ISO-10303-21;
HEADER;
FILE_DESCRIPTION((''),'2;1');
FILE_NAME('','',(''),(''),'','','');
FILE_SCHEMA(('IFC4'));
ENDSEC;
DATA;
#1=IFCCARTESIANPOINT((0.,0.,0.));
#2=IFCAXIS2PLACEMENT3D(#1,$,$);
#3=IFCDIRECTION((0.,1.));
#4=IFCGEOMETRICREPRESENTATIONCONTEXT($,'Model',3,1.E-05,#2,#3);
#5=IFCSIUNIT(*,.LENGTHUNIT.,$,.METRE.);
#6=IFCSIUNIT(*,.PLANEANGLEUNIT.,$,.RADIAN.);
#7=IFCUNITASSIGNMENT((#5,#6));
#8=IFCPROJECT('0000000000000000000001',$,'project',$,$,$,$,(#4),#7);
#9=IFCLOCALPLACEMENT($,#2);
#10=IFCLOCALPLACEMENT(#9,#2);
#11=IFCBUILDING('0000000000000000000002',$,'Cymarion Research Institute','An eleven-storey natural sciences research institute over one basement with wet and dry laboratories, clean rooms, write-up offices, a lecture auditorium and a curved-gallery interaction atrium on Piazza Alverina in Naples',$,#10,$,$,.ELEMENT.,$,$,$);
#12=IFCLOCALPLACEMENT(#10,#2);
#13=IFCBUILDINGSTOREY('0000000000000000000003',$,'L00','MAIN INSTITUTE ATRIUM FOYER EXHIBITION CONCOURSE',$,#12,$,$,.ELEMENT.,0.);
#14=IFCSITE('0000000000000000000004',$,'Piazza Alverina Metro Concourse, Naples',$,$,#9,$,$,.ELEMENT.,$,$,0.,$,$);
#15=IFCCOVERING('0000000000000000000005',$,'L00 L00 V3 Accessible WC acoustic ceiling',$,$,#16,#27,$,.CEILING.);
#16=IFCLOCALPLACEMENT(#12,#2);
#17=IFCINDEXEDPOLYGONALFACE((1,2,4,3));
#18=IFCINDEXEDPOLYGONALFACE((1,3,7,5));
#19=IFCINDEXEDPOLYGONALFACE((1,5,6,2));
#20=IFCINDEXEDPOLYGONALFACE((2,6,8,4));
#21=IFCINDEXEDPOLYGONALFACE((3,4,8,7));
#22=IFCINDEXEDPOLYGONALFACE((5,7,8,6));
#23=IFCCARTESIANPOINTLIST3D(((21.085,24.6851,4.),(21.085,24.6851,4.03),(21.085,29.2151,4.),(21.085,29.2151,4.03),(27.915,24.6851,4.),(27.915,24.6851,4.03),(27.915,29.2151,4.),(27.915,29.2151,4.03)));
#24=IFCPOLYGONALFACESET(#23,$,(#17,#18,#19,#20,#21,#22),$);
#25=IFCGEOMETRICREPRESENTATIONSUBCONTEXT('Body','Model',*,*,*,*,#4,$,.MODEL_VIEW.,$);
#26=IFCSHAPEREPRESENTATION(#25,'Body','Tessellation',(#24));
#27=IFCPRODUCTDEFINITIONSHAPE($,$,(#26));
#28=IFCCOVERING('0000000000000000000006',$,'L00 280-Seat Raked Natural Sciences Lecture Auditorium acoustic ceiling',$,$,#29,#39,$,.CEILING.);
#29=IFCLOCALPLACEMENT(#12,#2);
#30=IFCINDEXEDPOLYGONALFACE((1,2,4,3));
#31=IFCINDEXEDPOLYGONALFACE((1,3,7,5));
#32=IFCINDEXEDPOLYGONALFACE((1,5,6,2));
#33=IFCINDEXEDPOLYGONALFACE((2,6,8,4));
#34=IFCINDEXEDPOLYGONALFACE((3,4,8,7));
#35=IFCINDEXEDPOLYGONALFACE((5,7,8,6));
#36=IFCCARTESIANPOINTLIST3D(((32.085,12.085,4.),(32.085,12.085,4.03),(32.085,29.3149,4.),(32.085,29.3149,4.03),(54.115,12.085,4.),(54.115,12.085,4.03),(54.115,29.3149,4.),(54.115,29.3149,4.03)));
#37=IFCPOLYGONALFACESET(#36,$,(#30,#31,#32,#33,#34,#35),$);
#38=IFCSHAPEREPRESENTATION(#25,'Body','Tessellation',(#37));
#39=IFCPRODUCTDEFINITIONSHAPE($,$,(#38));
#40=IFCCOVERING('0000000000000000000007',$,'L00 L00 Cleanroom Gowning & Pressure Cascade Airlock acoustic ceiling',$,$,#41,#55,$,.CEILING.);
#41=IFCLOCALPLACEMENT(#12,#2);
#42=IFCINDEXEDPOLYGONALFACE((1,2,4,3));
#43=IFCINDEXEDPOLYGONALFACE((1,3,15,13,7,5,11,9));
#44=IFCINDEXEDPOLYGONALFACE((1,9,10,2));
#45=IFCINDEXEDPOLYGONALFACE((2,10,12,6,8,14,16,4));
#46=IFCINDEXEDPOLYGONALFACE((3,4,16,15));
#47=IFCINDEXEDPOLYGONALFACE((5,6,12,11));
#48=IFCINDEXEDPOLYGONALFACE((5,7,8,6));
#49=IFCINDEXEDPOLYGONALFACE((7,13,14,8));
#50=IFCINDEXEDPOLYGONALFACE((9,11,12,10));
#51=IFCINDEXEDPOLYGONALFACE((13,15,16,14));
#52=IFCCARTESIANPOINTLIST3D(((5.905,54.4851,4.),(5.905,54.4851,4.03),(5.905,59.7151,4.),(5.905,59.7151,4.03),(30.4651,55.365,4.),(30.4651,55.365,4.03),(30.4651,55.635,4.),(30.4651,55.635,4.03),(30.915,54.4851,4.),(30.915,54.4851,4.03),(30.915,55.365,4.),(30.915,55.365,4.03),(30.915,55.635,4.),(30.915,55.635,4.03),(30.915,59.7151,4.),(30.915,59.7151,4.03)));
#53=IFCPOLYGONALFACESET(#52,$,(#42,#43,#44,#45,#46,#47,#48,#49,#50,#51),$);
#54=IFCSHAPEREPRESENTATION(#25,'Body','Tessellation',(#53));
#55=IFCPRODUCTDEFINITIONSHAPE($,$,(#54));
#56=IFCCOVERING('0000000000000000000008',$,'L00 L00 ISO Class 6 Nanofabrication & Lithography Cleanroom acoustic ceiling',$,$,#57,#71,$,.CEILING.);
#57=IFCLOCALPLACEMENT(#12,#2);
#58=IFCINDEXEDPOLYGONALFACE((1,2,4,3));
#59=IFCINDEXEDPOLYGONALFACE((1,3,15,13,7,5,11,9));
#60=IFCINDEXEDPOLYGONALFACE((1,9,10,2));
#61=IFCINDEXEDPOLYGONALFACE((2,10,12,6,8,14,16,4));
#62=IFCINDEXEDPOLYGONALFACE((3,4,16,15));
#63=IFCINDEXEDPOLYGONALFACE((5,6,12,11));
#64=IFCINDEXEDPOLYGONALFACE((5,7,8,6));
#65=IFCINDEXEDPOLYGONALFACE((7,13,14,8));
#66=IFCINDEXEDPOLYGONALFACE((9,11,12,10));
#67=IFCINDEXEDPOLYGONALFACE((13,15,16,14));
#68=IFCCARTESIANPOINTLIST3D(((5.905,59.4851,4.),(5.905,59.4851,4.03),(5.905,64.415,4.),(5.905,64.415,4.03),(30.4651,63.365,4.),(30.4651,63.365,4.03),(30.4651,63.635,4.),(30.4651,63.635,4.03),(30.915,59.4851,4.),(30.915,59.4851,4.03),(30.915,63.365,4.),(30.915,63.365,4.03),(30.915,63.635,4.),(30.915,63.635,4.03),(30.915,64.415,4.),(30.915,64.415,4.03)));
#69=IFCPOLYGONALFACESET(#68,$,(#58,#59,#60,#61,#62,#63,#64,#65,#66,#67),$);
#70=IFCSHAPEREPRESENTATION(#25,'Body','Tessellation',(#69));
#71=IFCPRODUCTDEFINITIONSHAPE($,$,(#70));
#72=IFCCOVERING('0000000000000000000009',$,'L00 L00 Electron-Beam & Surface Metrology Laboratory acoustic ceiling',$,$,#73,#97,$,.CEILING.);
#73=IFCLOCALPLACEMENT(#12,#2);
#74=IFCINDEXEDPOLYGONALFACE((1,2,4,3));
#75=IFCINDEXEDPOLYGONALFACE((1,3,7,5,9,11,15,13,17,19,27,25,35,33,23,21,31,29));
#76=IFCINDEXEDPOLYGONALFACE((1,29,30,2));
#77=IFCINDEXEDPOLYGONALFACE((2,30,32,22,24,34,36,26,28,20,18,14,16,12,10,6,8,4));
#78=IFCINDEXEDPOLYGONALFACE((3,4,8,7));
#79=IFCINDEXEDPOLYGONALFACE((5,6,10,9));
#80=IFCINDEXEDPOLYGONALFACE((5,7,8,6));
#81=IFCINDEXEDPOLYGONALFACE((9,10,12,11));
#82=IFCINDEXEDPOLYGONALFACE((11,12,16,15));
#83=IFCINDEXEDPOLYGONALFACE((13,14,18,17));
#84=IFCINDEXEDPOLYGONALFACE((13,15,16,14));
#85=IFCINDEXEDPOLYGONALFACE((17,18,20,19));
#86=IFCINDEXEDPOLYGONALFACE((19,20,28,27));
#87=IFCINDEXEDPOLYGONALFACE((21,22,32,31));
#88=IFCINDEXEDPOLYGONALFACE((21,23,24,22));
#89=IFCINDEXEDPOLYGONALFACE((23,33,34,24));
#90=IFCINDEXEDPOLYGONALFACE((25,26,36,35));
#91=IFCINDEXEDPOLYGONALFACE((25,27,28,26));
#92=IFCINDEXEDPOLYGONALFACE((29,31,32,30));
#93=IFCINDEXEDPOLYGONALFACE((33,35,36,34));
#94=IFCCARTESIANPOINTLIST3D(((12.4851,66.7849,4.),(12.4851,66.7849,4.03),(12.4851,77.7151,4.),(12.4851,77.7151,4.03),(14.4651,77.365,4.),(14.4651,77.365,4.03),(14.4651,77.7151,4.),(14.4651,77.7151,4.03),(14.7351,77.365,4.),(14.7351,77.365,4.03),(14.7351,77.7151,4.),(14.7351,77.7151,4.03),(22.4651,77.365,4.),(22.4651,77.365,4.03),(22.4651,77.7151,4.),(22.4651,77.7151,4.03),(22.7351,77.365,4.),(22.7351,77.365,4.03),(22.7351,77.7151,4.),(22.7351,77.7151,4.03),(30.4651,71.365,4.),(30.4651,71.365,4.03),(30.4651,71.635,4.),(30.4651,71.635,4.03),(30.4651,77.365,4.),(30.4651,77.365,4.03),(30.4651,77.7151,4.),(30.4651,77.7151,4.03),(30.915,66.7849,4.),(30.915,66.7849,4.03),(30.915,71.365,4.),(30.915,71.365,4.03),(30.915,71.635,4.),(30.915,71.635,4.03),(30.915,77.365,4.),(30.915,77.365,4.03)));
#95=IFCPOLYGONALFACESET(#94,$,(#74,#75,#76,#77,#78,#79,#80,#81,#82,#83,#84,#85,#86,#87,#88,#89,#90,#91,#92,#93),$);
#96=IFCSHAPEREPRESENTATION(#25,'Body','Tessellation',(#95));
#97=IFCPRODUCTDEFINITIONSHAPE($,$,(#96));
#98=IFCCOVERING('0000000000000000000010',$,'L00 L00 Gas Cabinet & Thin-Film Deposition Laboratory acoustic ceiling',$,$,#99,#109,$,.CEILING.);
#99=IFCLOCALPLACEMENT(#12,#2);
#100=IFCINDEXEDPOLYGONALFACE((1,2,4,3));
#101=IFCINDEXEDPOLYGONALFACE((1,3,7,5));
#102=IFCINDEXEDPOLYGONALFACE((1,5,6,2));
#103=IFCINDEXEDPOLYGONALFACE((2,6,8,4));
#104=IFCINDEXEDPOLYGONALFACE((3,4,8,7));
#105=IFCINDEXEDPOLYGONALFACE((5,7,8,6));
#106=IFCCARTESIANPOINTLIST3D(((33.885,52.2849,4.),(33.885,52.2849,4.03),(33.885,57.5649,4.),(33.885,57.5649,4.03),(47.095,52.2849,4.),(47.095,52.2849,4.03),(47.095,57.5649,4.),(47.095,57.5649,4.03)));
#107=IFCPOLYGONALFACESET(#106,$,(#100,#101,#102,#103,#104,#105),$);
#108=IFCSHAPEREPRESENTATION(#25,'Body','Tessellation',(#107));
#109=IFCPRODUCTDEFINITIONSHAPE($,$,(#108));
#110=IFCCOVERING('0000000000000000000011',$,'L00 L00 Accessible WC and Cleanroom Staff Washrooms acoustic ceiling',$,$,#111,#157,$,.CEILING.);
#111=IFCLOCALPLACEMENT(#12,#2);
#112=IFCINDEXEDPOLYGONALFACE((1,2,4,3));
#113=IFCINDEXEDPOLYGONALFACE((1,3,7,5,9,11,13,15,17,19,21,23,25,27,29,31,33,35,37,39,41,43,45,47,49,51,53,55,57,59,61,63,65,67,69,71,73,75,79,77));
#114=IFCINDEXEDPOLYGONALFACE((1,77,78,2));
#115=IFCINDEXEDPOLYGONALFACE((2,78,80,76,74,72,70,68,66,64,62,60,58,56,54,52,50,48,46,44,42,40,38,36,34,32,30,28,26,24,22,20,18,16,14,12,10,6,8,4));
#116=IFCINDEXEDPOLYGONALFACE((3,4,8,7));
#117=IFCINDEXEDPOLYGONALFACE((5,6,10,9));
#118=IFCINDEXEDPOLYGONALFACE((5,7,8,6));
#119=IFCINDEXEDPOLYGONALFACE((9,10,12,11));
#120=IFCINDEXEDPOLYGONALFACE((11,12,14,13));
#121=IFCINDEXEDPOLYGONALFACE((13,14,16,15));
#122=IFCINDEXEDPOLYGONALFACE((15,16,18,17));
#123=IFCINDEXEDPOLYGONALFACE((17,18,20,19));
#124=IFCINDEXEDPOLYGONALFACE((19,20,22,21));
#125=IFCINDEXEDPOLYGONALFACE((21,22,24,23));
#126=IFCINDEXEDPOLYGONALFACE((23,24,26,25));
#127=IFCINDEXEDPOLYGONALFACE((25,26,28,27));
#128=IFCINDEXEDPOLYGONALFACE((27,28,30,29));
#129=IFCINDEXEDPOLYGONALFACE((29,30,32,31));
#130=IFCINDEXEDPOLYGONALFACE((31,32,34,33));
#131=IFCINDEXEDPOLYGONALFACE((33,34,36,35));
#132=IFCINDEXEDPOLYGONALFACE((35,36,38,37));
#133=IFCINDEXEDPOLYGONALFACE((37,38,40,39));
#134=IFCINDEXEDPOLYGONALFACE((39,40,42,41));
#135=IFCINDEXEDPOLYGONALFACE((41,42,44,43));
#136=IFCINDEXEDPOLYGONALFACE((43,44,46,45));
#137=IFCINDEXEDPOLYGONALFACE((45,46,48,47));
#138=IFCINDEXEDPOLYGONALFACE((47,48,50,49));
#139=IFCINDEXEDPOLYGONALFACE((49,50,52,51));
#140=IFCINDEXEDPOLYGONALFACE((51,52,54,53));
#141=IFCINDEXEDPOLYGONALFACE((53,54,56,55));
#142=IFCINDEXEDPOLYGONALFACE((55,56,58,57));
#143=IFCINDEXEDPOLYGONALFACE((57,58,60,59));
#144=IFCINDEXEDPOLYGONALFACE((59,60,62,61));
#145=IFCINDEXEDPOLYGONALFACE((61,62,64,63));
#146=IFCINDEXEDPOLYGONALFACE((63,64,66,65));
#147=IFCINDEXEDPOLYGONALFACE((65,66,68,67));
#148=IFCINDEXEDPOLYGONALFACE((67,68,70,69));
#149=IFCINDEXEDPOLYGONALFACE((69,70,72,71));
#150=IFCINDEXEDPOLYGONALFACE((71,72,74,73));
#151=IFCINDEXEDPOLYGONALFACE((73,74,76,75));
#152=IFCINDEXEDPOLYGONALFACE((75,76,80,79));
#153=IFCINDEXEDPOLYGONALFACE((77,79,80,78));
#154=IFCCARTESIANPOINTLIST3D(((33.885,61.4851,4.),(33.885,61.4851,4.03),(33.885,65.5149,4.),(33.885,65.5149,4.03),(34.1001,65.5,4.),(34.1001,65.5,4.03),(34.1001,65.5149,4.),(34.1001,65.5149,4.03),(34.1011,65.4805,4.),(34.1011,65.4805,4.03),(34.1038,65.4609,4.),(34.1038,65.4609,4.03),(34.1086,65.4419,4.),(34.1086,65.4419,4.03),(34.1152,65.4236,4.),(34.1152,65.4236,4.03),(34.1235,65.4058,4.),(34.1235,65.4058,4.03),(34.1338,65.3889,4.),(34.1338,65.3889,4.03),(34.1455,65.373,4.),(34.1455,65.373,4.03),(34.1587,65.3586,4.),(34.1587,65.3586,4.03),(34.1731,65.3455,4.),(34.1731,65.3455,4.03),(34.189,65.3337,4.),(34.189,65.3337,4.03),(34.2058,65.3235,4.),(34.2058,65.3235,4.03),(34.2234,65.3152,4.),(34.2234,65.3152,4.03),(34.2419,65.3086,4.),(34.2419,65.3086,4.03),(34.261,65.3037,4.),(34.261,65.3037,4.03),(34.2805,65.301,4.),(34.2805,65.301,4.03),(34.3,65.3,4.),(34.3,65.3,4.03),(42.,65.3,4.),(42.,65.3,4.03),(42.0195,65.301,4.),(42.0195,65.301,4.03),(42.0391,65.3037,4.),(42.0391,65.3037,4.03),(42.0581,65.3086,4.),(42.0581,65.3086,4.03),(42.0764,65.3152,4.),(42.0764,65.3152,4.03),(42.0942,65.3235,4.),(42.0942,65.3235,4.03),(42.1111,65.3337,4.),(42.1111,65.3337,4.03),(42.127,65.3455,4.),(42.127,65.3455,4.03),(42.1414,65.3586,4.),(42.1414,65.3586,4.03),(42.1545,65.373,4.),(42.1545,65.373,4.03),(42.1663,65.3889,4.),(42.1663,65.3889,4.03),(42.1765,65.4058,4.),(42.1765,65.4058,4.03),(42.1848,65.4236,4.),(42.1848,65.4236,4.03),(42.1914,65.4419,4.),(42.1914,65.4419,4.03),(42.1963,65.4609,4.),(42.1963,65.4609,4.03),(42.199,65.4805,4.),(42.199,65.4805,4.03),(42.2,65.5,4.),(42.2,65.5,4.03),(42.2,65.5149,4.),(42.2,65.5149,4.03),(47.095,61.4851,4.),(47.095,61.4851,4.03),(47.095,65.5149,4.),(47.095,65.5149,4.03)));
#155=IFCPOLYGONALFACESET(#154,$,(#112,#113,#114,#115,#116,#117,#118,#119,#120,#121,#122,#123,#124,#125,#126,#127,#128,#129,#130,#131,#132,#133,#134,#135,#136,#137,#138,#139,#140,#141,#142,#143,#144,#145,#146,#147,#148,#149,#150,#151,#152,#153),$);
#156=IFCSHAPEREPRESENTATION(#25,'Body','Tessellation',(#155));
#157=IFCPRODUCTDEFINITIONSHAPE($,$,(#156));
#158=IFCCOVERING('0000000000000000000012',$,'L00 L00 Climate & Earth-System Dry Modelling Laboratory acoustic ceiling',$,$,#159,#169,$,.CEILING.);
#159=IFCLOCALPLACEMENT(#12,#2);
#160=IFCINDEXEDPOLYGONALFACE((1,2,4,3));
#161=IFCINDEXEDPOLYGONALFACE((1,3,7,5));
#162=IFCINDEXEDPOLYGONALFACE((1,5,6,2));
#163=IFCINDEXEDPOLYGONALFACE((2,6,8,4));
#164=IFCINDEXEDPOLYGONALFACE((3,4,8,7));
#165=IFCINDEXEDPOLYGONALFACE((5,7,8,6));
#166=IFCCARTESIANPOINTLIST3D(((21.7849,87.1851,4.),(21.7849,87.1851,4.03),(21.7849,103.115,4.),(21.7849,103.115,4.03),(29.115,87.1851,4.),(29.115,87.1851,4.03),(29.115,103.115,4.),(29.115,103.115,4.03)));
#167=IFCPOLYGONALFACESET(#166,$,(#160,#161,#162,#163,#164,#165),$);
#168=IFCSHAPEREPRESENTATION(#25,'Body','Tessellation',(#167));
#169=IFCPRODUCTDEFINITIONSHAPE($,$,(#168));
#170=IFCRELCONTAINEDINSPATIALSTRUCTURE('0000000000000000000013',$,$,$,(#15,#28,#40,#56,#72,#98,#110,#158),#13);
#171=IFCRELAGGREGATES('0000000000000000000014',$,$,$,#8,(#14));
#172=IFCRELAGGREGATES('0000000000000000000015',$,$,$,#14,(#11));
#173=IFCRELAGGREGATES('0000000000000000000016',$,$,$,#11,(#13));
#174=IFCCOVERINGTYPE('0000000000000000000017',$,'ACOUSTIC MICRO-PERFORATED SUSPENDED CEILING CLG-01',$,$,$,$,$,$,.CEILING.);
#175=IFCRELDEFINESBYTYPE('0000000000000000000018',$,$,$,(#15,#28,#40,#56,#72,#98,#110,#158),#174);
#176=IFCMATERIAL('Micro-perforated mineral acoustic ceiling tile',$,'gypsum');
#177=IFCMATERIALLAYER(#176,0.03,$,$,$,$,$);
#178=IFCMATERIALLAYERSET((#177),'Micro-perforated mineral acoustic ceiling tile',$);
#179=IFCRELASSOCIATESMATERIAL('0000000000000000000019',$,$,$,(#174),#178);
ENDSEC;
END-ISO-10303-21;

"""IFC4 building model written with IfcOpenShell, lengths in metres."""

from ifc_helpers import new_model, si_unit, direction, frame, origin, place, context, subcontext, project, spatial, polyline, outline, extrude, material, layer, layer_set, type_object, element, save


model = new_model("IFC4")

# Units and contexts
model_context = context("Model", 3, precision=1e-05, world=origin(), true_north=direction((0.0, 1.0)))
body_context = subcontext(model_context, "Body", "Model", "MODEL_VIEW")
ifc_project = project(units=[si_unit("LENGTHUNIT", "METRE"), si_unit("PLANEANGLEUNIT", "RADIAN")], contexts=[model_context])

# Site, building, storey
site_placement = place(None, origin())
site = spatial("IfcSite", under=ifc_project, at=site_placement, Name="Piazza Alverina Metro Concourse, Naples", CompositionType="ELEMENT", RefElevation=0.0)
building_placement = place(site_placement, origin())
building = spatial("IfcBuilding", under=site, at=building_placement, Name="Cymarion Research Institute", Description="An eleven-storey natural sciences research institute over one basement with wet and dry laboratories, clean rooms, write-up offices, a lecture auditorium and a curved-gallery interaction atrium on Piazza Alverina in Naples", CompositionType="ELEMENT")
storey_placement = place(building_placement, origin())
storey = spatial("IfcBuildingStorey", under=building, at=storey_placement, Name="L00", Description="MAIN INSTITUTE ATRIUM FOYER EXHIBITION CONCOURSE", CompositionType="ELEMENT", Elevation=0.0)

# Coverings
ifc_material_1 = material(Name="Micro-perforated mineral acoustic ceiling tile", Category="gypsum")
ifc_layer_1 = layer(ifc_material_1, 0.03)
ifc_layer_set_1 = layer_set([ifc_layer_1], Name="Micro-perforated mineral acoustic ceiling tile")
covering_type_1 = type_object("IfcCoveringType", Name="ACOUSTIC MICRO-PERFORATED SUSPENDED CEILING CLG-01", PredefinedType="CEILING", material=ifc_layer_set_1)
covering_1_placement = place(storey_placement, frame((0.0, 0.0, 4.0)))
element("IfcCovering", 1, at=covering_1_placement, inside=storey, type_object=covering_type_1, Name="L00 L00 V3 Accessible WC acoustic ceiling", PredefinedType="CEILING", context=body_context, shape_type="SweptSolid", body=[
    extrude(outline(polyline([(27.915, 29.2151), (27.915, 24.6851), (21.085, 24.6851), (21.085, 29.2151), (27.915, 29.2151)])), origin(), (0.0, 0.0, 1.0), 0.03),
])
covering_2_placement = place(storey_placement, frame((0.0, 0.0, 4.0)))
element("IfcCovering", 2, at=covering_2_placement, inside=storey, type_object=covering_type_1, Name="L00 280-Seat Raked Natural Sciences Lecture Auditorium acoustic ceiling", PredefinedType="CEILING", context=body_context, shape_type="SweptSolid", body=[
    extrude(outline(polyline([(54.115, 29.3149), (54.115, 12.085), (32.085, 12.085), (32.085, 29.3149), (54.115, 29.3149)])), origin(), (0.0, 0.0, 1.0), 0.03),
])
covering_3_placement = place(storey_placement, frame((0.0, 0.0, 4.0)))
element("IfcCovering", 3, at=covering_3_placement, inside=storey, type_object=covering_type_1, Name="L00 L00 Cleanroom Gowning & Pressure Cascade Airlock acoustic ceiling", PredefinedType="CEILING", context=body_context, shape_type="SweptSolid", body=[
    extrude(outline(polyline([(30.4651, 55.635), (30.4651, 55.365), (30.915, 55.365), (30.915, 54.4851), (5.905, 54.4851), (5.905, 59.7151), (30.915, 59.7151), (30.915, 55.635), (30.4651, 55.635)])), origin(), (0.0, 0.0, 1.0), 0.03),
])
covering_4_placement = place(storey_placement, frame((0.0, 0.0, 4.0)))
element("IfcCovering", 4, at=covering_4_placement, inside=storey, type_object=covering_type_1, Name="L00 L00 ISO Class 6 Nanofabrication & Lithography Cleanroom acoustic ceiling", PredefinedType="CEILING", context=body_context, shape_type="SweptSolid", body=[
    extrude(outline(polyline([(30.4651, 63.635), (30.4651, 63.365), (30.915, 63.365), (30.915, 59.4851), (5.905, 59.4851), (5.905, 64.415), (30.915, 64.415), (30.915, 63.635), (30.4651, 63.635)])), origin(), (0.0, 0.0, 1.0), 0.03),
])
covering_5_placement = place(storey_placement, frame((0.0, 0.0, 4.0)))
element("IfcCovering", 5, at=covering_5_placement, inside=storey, type_object=covering_type_1, Name="L00 L00 Electron-Beam & Surface Metrology Laboratory acoustic ceiling", PredefinedType="CEILING", context=body_context, shape_type="SweptSolid", body=[
    extrude(outline(polyline([(14.4651, 77.7151), (14.4651, 77.365), (14.7351, 77.365), (14.7351, 77.7151), (22.4651, 77.7151), (22.4651, 77.365), (22.7351, 77.365), (22.7351, 77.7151), (30.4651, 77.7151), (30.4651, 77.365), (30.915, 77.365), (30.915, 71.635), (30.4651, 71.635), (30.4651, 71.365), (30.915, 71.365), (30.915, 66.7849), (12.4851, 66.7849), (12.4851, 77.7151), (14.4651, 77.7151)])), origin(), (0.0, 0.0, 1.0), 0.03),
])
covering_6_placement = place(storey_placement, frame((0.0, 0.0, 4.0)))
element("IfcCovering", 6, at=covering_6_placement, inside=storey, type_object=covering_type_1, Name="L00 L00 Gas Cabinet & Thin-Film Deposition Laboratory acoustic ceiling", PredefinedType="CEILING", context=body_context, shape_type="SweptSolid", body=[
    extrude(outline(polyline([(47.095, 57.5649), (47.095, 52.2849), (33.885, 52.2849), (33.885, 57.5649), (47.095, 57.5649)])), origin(), (0.0, 0.0, 1.0), 0.03),
])
covering_7_placement = place(storey_placement, frame((0.0, 0.0, 4.0)))
element("IfcCovering", 7, at=covering_7_placement, inside=storey, type_object=covering_type_1, Name="L00 L00 Accessible WC and Cleanroom Staff Washrooms acoustic ceiling", PredefinedType="CEILING", context=body_context, shape_type="SweptSolid", body=[
    extrude(outline(polyline([(34.1001, 65.5149), (34.1001, 65.5), (34.1011, 65.4805), (34.1038, 65.4609), (34.1086, 65.4419), (34.1152, 65.4236), (34.1235, 65.4058), (34.1338, 65.3889), (34.1455, 65.373), (34.1587, 65.3586), (34.1731, 65.3455), (34.189, 65.3337), (34.2058, 65.3235), (34.2234, 65.3152), (34.2419, 65.3086), (34.261, 65.3037), (34.2805, 65.301), (34.3, 65.3), (42.0, 65.3), (42.0195, 65.301), (42.0391, 65.3037), (42.0581, 65.3086), (42.0764, 65.3152), (42.0942, 65.3235), (42.1111, 65.3337), (42.127, 65.3455), (42.1414, 65.3586), (42.1545, 65.373), (42.1663, 65.3889), (42.1765, 65.4058), (42.1848, 65.4236), (42.1914, 65.4419), (42.1963, 65.4609), (42.199, 65.4805), (42.2, 65.5), (42.2, 65.5149), (47.095, 65.5149), (47.095, 61.4851), (33.885, 61.4851), (33.885, 65.5149), (34.1001, 65.5149)])), origin(), (0.0, 0.0, 1.0), 0.03),
])
covering_8_placement = place(storey_placement, frame((0.0, 0.0, 4.0)))
element("IfcCovering", 8, at=covering_8_placement, inside=storey, type_object=covering_type_1, Name="L00 L00 Climate & Earth-System Dry Modelling Laboratory acoustic ceiling", PredefinedType="CEILING", context=body_context, shape_type="SweptSolid", body=[
    extrude(outline(polyline([(29.115, 103.115), (29.115, 87.1851), (21.7849, 87.1851), (21.7849, 103.115), (29.115, 103.115)])), origin(), (0.0, 0.0, 1.0), 0.03),
])

save(model, "model.ifc")
